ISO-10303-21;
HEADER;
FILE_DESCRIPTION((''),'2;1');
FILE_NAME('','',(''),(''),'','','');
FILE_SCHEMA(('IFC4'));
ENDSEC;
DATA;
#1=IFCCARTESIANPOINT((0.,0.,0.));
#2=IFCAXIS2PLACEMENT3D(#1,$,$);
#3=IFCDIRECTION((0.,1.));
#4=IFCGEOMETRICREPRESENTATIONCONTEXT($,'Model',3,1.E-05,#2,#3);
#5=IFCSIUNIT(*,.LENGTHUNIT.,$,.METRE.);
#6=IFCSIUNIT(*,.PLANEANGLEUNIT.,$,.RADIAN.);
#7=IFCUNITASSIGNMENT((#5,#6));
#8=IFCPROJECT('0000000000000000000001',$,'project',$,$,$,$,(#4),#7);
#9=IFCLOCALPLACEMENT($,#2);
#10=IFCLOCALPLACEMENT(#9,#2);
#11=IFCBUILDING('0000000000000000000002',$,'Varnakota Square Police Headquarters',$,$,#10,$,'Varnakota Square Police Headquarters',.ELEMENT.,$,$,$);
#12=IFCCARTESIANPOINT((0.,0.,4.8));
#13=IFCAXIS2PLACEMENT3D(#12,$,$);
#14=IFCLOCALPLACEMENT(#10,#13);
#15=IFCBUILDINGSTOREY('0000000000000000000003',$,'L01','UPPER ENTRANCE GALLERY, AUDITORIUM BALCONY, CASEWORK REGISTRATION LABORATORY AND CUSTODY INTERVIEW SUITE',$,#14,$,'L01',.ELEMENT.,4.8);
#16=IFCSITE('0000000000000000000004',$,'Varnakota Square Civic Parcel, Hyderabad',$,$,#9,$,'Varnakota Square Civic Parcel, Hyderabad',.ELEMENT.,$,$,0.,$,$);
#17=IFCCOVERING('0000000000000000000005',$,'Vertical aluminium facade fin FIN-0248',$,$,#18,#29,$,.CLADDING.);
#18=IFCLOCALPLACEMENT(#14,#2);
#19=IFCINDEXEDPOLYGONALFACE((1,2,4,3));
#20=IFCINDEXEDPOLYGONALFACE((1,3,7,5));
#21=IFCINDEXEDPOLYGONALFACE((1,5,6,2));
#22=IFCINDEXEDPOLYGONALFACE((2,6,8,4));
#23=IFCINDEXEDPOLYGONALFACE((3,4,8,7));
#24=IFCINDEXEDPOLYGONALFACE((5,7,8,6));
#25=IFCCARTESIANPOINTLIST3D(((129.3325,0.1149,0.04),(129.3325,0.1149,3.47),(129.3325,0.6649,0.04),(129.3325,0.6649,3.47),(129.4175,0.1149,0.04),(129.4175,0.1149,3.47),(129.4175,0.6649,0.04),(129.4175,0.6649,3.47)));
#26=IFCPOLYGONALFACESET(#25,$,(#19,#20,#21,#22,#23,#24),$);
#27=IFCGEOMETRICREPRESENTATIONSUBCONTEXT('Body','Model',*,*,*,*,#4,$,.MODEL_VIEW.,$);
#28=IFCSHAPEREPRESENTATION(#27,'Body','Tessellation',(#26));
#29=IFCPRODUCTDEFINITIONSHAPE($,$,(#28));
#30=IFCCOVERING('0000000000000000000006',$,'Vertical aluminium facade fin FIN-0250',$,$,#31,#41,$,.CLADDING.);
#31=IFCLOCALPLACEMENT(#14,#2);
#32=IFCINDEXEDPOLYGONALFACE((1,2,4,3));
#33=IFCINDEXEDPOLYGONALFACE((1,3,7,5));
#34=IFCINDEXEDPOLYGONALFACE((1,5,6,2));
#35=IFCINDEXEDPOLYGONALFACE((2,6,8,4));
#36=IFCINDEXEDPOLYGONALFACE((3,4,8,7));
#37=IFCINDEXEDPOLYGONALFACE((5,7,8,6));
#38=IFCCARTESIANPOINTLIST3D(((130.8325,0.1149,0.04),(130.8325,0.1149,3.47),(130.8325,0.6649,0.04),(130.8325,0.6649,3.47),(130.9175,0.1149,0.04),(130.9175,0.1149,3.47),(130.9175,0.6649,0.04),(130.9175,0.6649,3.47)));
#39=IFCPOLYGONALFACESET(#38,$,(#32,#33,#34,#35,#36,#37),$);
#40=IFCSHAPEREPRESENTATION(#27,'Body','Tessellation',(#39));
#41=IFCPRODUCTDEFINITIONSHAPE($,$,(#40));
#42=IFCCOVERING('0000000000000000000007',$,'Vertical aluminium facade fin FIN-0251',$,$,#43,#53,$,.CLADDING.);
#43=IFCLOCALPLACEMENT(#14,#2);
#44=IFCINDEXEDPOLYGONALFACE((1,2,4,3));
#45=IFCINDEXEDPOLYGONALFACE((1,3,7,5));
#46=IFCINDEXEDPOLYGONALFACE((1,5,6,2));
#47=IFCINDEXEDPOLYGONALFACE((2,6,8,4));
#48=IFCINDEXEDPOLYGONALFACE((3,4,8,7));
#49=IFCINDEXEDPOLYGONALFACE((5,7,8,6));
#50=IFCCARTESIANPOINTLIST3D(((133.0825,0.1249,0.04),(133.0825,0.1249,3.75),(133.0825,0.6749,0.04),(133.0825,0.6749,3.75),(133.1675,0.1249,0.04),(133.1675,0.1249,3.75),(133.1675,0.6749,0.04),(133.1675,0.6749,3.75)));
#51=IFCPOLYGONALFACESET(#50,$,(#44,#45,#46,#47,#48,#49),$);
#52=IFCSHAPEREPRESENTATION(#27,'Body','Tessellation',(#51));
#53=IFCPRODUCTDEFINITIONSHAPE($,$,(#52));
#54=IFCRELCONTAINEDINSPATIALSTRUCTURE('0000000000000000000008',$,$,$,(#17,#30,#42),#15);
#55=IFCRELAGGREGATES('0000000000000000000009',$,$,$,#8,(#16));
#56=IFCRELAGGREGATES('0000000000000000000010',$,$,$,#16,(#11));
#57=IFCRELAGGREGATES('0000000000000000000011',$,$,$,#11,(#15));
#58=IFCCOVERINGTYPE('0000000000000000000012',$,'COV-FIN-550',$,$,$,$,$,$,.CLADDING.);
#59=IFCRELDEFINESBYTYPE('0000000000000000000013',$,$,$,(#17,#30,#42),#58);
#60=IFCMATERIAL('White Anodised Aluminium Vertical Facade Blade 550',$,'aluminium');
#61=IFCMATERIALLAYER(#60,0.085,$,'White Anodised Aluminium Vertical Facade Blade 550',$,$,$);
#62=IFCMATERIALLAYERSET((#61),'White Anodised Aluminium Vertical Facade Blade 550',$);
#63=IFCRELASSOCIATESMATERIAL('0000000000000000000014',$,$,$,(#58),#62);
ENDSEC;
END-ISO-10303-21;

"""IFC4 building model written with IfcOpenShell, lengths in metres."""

from ifc_helpers import new_model, si_unit, direction, frame, origin, origin_2d, place, context, subcontext, project, spatial, rectangle, extrude, material, layer, layer_set, type_object, element, save


model = new_model("IFC4")

# Units and contexts
model_context = context("Model", 3, precision=1e-05, world=origin(), true_north=direction((0.0, 1.0)))
body_context = subcontext(model_context, "Body", "Model", "MODEL_VIEW")
ifc_project = project(units=[si_unit("LENGTHUNIT", "METRE"), si_unit("PLANEANGLEUNIT", "RADIAN")], contexts=[model_context])

# Site, building, storey
site_placement = place(None, origin())
site = spatial("IfcSite", under=ifc_project, at=site_placement, Name="Varnakota Square Civic Parcel, Hyderabad", LongName="Varnakota Square Civic Parcel, Hyderabad", CompositionType="ELEMENT", RefElevation=0.0)
building_placement = place(site_placement, origin())
building = spatial("IfcBuilding", under=site, at=building_placement, Name="Varnakota Square Police Headquarters", LongName="Varnakota Square Police Headquarters", CompositionType="ELEMENT")
storey_placement = place(building_placement, frame((0.0, 0.0, 4.8)))
storey = spatial("IfcBuildingStorey", under=building, at=storey_placement, Name="L01", Description="UPPER ENTRANCE GALLERY, AUDITORIUM BALCONY, CASEWORK REGISTRATION LABORATORY AND CUSTODY INTERVIEW SUITE", LongName="L01", CompositionType="ELEMENT", Elevation=4.8)

# Coverings
ifc_material_1 = material(Name="White Anodised Aluminium Vertical Facade Blade 550", Category="aluminium")
ifc_layer_1 = layer(ifc_material_1, 0.085, Name="White Anodised Aluminium Vertical Facade Blade 550")
ifc_layer_set_1 = layer_set([ifc_layer_1], Name="White Anodised Aluminium Vertical Facade Blade 550")
covering_type_1 = type_object("IfcCoveringType", Name="COV-FIN-550", PredefinedType="CLADDING", material=ifc_layer_set_1)
for number, where, z_axis, x_axis, name in (
    (1, (129.375, 0.3899, 0.04), (0.0, 0.0, 1.0), (1.0, 0.0, 0.0), "Vertical aluminium facade fin FIN-0248"),
    (2, (130.875, 0.3899, 0.04), (0.0, 0.0, 1.0), (1.0, 0.0, 0.0), "Vertical aluminium facade fin FIN-0250"),
):
    element("IfcCovering", number, at=place(storey_placement, frame(where, z_axis=z_axis, x_axis=x_axis)), inside=storey, type_object=covering_type_1, Name=name, PredefinedType="CLADDING", context=body_context, shape_type="SweptSolid", body=[
        extrude(rectangle(XDim=0.085, YDim=0.55, at=origin_2d()), origin(), (0.0, 0.0, 1.0), 3.4299),
    ])
covering_1_placement = place(storey_placement, frame((133.125, 0.3999, 0.04), z_axis=(0.0, 0.0, 1.0), x_axis=(1.0, 0.0, 0.0)))
element("IfcCovering", 3, at=covering_1_placement, inside=storey, type_object=covering_type_1, Name="Vertical aluminium facade fin FIN-0251", PredefinedType="CLADDING", context=body_context, shape_type="SweptSolid", body=[
    extrude(rectangle(XDim=0.085, YDim=0.55, at=origin_2d()), origin(), (0.0, 0.0, 1.0), 3.71),
])

save(model, "model.ifc")
